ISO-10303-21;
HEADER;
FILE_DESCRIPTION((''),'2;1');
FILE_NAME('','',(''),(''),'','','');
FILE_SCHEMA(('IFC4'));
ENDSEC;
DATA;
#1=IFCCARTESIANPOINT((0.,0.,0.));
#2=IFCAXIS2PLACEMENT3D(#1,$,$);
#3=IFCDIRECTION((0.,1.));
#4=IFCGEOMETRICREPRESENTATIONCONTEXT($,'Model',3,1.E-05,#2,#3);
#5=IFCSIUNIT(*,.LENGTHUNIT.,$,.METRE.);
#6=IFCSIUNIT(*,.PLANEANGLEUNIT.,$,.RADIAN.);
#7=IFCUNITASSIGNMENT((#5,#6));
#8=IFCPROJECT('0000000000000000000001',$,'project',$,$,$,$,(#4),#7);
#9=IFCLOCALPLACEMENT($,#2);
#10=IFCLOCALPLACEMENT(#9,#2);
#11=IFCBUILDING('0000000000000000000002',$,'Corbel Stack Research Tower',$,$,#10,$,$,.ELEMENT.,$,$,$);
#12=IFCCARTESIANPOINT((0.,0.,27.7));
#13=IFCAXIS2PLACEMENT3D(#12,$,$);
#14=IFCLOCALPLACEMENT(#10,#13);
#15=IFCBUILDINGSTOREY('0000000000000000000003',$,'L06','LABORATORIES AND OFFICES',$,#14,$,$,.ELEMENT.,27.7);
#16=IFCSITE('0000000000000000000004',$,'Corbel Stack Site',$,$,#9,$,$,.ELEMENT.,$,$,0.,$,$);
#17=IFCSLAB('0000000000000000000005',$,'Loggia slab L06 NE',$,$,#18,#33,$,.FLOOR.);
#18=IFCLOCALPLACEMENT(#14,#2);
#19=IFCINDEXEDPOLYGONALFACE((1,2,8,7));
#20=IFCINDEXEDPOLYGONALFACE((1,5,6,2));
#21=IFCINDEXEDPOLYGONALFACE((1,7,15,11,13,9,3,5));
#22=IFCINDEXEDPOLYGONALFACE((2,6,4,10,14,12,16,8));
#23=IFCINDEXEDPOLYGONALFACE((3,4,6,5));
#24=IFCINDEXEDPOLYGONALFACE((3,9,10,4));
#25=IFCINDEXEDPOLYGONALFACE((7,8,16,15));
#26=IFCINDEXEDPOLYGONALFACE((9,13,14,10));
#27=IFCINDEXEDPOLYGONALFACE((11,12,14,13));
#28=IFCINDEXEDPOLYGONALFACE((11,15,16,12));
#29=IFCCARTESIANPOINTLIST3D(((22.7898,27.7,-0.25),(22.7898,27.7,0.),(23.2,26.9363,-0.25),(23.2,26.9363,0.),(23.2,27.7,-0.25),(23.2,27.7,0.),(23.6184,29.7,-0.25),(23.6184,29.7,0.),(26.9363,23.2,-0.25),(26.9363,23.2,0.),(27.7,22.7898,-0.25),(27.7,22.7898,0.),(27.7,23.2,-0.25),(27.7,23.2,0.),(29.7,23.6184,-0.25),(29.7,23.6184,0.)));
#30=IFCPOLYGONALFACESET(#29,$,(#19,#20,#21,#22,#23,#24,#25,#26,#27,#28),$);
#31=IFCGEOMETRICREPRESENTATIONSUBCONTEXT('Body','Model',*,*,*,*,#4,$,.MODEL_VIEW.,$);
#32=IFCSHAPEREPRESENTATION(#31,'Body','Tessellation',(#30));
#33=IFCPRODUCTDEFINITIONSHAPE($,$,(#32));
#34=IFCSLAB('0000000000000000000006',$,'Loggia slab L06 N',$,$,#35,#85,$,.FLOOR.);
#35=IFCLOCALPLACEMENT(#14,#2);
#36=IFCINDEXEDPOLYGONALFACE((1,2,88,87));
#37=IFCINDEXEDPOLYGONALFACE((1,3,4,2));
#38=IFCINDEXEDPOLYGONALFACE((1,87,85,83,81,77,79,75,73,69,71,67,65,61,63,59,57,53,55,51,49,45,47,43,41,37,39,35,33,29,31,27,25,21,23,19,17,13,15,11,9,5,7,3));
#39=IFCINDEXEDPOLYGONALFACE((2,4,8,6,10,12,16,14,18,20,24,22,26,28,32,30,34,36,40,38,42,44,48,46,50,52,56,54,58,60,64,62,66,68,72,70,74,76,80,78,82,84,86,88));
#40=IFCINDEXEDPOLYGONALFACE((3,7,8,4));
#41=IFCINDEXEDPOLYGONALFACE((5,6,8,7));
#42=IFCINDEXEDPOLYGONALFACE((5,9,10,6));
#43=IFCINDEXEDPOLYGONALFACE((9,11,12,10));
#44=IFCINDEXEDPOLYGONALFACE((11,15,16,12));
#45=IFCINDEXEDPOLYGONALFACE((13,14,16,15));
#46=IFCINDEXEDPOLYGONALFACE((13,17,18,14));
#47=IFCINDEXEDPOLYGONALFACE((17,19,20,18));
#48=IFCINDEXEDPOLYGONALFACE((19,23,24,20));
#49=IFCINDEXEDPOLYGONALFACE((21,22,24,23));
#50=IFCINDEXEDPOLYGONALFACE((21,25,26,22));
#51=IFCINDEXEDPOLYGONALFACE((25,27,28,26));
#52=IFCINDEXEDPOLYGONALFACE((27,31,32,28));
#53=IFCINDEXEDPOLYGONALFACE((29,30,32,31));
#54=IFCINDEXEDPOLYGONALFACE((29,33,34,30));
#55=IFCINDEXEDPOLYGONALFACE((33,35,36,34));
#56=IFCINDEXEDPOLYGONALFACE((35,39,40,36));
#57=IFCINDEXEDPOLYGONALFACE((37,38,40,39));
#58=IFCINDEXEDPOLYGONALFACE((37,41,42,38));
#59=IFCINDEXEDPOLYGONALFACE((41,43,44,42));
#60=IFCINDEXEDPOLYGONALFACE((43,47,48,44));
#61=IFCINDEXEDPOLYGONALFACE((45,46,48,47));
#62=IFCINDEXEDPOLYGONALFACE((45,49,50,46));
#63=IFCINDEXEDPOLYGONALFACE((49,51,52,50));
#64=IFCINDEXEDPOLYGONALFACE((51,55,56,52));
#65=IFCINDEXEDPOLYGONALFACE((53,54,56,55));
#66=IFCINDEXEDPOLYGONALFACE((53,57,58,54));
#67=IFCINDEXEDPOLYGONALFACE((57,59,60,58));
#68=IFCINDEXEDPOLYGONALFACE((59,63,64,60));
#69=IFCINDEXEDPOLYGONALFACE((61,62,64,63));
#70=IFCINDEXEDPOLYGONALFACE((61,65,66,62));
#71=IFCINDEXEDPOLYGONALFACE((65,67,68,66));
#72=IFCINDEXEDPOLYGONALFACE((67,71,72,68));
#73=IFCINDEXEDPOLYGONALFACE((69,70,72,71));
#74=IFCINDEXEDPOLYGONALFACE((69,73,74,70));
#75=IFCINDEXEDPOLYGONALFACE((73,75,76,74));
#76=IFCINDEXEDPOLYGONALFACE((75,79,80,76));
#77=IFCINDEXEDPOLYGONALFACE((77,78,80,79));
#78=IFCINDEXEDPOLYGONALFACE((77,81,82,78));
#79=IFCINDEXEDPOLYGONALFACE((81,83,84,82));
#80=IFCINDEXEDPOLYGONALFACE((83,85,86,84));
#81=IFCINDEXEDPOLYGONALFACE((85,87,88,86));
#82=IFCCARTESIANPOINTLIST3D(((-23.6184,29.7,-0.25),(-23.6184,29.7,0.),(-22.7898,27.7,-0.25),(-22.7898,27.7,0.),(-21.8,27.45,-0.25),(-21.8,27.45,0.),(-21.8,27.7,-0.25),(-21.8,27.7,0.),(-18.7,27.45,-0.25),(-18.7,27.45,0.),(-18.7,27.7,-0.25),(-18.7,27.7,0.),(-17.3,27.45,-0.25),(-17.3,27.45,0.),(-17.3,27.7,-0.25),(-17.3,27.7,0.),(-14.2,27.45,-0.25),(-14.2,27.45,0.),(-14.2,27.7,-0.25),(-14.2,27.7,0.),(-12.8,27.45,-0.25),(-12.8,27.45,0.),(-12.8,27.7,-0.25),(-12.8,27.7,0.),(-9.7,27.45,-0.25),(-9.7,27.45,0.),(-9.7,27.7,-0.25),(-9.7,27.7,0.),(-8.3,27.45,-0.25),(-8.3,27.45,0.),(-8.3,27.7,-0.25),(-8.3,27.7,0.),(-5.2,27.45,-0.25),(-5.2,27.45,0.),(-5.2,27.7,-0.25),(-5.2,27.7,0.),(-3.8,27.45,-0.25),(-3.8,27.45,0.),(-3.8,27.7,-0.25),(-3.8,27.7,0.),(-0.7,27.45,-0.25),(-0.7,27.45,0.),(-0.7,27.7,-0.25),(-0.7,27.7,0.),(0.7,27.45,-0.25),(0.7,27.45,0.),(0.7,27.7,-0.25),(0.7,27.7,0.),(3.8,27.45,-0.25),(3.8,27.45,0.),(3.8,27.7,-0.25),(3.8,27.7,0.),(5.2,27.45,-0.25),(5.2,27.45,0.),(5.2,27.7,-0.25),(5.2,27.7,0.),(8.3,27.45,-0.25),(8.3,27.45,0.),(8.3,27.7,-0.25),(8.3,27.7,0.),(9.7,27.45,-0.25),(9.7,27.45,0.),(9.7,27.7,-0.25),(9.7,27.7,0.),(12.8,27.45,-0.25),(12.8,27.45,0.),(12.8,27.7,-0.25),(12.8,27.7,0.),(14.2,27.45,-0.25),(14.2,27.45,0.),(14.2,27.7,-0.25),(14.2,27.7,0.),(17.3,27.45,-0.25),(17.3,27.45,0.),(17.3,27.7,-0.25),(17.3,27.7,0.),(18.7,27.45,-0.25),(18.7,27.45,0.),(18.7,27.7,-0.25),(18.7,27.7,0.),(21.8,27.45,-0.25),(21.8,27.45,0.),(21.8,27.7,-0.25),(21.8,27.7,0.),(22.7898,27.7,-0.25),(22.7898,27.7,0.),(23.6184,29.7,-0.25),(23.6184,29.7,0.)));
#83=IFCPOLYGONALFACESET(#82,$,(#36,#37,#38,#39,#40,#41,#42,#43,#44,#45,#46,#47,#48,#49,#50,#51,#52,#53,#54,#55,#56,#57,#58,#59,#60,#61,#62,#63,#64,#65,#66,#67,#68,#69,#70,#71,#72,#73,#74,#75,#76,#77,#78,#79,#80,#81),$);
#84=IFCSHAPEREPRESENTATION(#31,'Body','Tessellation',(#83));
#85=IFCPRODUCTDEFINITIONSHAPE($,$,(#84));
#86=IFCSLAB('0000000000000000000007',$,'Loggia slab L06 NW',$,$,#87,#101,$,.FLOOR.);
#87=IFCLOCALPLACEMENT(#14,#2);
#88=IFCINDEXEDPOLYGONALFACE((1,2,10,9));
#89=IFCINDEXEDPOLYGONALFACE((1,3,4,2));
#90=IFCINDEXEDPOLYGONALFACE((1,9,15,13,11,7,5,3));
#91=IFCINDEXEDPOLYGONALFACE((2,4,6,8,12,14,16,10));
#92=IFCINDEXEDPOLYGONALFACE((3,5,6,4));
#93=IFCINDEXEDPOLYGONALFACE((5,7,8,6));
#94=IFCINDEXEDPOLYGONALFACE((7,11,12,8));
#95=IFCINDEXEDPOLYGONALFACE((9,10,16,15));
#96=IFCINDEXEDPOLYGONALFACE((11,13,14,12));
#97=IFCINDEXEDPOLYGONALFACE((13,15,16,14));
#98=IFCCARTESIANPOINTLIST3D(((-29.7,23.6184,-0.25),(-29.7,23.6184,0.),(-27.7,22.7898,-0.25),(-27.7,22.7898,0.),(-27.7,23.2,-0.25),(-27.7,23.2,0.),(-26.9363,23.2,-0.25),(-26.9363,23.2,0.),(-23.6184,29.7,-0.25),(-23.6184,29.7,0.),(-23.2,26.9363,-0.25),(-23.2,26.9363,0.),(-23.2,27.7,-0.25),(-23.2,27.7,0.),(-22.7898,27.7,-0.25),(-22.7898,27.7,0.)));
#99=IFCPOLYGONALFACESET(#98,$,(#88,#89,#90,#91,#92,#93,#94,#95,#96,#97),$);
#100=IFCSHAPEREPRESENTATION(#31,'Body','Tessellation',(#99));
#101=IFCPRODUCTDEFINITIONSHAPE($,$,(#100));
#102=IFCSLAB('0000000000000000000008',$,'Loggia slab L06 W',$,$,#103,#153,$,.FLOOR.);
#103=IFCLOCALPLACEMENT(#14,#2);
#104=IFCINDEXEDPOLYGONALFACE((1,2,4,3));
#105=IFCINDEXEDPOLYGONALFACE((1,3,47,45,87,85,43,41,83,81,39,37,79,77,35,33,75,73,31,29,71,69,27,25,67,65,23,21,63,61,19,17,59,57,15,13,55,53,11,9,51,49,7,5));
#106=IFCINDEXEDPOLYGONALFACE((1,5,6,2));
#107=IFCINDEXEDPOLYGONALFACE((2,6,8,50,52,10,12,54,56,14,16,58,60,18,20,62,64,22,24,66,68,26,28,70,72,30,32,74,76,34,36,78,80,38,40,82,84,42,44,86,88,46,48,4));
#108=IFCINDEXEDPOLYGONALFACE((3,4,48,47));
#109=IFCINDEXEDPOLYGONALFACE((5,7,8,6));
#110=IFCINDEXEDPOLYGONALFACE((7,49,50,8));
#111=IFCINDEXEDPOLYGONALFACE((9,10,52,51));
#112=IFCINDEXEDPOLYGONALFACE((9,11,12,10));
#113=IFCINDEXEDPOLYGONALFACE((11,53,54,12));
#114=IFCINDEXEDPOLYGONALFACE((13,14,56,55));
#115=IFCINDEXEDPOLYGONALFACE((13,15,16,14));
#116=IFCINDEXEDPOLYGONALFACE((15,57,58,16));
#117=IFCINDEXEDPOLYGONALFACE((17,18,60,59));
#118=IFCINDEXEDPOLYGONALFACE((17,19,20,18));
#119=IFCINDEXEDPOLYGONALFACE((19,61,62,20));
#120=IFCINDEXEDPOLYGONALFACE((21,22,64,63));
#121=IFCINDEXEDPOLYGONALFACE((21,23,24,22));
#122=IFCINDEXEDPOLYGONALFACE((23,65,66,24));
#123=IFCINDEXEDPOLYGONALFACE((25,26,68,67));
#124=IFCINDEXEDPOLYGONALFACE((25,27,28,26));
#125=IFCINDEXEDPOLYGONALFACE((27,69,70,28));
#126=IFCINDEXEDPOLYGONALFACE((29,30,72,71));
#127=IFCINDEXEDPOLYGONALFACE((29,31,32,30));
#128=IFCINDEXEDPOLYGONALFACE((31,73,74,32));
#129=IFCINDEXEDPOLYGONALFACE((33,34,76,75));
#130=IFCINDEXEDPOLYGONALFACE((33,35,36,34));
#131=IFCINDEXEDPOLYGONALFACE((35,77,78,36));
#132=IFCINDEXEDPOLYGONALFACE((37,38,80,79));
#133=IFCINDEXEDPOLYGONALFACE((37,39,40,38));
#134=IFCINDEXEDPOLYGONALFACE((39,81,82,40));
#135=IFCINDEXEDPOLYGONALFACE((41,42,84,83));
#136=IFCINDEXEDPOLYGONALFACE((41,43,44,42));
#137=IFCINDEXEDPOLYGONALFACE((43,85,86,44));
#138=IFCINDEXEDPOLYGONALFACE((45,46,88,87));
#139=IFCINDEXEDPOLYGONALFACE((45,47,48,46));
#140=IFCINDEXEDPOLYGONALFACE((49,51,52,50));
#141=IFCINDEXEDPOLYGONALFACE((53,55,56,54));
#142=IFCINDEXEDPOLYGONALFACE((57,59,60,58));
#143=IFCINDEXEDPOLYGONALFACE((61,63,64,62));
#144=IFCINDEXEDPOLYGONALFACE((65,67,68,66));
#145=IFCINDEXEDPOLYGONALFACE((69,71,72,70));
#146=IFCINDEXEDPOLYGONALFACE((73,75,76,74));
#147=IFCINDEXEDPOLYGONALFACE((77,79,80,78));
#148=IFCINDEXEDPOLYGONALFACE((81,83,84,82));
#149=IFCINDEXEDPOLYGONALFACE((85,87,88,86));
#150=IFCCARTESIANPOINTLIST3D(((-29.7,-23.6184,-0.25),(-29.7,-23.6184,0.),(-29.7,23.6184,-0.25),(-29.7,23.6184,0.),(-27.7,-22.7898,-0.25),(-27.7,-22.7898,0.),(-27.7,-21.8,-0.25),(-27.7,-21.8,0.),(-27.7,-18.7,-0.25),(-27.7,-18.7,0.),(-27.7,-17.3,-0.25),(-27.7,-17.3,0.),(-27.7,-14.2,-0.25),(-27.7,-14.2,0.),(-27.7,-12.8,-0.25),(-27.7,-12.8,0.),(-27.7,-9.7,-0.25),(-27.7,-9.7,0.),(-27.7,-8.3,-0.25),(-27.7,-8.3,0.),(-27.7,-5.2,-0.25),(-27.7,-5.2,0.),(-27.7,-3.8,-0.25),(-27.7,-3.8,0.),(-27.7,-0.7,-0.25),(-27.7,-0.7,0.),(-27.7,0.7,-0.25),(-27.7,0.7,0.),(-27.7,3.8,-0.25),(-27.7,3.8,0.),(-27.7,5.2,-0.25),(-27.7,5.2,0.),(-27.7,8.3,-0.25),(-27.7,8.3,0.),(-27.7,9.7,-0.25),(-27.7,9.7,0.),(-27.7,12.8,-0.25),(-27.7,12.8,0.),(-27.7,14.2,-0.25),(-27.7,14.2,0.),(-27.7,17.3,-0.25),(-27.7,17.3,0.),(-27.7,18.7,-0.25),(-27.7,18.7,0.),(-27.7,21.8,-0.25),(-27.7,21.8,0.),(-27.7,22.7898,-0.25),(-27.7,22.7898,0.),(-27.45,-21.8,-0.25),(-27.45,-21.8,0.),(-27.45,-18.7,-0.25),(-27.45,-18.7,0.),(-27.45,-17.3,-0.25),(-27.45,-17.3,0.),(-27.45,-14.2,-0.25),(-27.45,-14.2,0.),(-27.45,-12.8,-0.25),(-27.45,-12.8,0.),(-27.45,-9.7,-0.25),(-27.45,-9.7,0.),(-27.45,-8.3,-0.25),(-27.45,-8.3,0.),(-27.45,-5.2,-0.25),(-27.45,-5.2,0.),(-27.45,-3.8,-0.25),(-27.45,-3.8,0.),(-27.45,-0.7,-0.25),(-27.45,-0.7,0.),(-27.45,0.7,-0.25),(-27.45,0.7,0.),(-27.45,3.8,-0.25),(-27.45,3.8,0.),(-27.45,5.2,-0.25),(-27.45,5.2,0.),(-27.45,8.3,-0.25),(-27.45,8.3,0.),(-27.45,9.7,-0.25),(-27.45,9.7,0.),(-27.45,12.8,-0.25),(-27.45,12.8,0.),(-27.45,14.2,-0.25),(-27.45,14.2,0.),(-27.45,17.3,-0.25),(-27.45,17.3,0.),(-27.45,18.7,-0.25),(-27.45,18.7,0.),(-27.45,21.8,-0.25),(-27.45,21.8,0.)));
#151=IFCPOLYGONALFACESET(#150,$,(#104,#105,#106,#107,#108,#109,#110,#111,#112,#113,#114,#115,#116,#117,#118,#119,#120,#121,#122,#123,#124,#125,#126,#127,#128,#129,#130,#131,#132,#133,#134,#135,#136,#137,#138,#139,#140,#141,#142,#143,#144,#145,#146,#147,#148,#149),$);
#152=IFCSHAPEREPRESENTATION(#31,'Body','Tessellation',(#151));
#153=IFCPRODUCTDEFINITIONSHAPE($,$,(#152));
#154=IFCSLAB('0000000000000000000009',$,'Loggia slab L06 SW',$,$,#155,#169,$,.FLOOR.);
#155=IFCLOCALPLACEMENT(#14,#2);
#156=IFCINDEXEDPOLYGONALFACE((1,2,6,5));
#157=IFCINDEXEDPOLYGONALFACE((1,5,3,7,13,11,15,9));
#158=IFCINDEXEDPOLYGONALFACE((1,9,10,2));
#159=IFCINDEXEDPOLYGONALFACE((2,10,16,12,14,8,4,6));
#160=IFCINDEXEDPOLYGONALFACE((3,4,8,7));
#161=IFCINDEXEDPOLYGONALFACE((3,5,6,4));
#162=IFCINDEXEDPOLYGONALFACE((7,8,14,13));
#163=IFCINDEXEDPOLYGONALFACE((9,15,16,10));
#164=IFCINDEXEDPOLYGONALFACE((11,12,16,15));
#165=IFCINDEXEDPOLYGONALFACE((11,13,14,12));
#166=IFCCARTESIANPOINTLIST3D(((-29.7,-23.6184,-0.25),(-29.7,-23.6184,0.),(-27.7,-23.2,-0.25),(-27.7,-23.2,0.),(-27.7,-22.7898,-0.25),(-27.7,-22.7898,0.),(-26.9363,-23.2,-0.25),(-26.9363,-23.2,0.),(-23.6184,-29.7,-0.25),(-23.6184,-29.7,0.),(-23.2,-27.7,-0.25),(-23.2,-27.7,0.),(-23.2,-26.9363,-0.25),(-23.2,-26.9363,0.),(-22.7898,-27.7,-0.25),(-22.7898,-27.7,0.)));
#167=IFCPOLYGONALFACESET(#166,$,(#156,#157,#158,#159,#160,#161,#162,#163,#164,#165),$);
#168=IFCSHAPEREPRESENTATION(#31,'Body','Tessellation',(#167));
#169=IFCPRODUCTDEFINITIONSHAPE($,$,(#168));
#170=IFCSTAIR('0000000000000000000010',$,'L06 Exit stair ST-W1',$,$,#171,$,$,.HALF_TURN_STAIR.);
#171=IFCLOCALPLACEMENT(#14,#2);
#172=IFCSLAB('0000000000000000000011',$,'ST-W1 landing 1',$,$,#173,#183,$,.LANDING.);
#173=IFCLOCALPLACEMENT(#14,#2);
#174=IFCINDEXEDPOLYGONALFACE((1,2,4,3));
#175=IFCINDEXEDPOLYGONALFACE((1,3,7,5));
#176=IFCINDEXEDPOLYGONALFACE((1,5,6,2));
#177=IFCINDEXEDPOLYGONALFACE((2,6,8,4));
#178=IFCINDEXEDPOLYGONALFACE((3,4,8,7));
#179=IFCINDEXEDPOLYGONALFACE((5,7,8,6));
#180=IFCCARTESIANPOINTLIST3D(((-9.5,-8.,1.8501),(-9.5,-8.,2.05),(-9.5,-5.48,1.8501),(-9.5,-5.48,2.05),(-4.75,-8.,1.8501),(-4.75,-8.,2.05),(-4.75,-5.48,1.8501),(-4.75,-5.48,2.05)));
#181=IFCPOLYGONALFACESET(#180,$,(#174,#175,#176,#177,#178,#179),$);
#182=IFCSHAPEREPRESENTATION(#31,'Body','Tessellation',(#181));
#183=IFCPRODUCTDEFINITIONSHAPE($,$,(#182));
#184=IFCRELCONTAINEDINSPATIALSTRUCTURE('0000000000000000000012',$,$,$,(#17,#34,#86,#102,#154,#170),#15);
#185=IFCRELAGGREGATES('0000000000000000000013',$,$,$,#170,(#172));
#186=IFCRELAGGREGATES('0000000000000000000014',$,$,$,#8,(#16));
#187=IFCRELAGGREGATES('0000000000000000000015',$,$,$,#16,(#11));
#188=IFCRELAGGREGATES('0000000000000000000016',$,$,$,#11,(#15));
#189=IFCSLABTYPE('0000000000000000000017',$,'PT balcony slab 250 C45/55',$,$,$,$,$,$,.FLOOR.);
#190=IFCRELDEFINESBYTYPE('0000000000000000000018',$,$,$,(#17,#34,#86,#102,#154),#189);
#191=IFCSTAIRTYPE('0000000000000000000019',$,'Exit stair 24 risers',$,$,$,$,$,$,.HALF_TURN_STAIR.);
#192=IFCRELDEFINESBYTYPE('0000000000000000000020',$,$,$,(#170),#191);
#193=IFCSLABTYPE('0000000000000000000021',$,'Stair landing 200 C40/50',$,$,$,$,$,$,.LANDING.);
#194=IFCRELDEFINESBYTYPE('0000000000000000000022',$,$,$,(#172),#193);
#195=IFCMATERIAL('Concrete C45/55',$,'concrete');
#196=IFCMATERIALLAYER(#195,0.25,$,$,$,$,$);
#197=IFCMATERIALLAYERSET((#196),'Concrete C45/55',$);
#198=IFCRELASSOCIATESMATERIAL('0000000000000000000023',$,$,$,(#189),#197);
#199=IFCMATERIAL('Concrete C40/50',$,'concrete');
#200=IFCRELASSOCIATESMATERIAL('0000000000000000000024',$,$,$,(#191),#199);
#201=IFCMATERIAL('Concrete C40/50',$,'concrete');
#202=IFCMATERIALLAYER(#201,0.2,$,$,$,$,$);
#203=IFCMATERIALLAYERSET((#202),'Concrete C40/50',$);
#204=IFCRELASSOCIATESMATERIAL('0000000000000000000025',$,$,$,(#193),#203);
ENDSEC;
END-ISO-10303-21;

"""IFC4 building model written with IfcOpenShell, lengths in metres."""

from ifc_helpers import new_model, si_unit, direction, frame, origin, place, context, subcontext, project, spatial, polyline, outline, extrude, material, layer, layer_set, type_object, element, aggregate, save


model = new_model("IFC4")

# Units and contexts
model_context = context("Model", 3, precision=1e-05, world=origin(), true_north=direction((0.0, 1.0)))
body_context = subcontext(model_context, "Body", "Model", "MODEL_VIEW")
ifc_project = project(units=[si_unit("LENGTHUNIT", "METRE"), si_unit("PLANEANGLEUNIT", "RADIAN")], contexts=[model_context])

# Site, building, storey
site_placement = place(None, origin())
site = spatial("IfcSite", under=ifc_project, at=site_placement, Name="Corbel Stack Site", CompositionType="ELEMENT", RefElevation=0.0)
building_placement = place(site_placement, origin())
building = spatial("IfcBuilding", under=site, at=building_placement, Name="Corbel Stack Research Tower", CompositionType="ELEMENT")
storey_placement = place(building_placement, frame((0.0, 0.0, 27.7)))
storey = spatial("IfcBuildingStorey", under=building, at=storey_placement, Name="L06", Description="LABORATORIES AND OFFICES", CompositionType="ELEMENT", Elevation=27.7)

# Slabs
ifc_material_1 = material(Name="Concrete C45/55", Category="concrete")
ifc_layer_1 = layer(ifc_material_1, 0.25)
ifc_layer_set_1 = layer_set([ifc_layer_1], Name="Concrete C45/55")
slab_type_1 = type_object("IfcSlabType", Name="PT balcony slab 250 C45/55", PredefinedType="FLOOR", material=ifc_layer_set_1)
slab_1_placement = place(storey_placement, frame((0.0, 0.0, -0.25)))
element("IfcSlab", 1, at=slab_1_placement, inside=storey, type_object=slab_type_1, Name="Loggia slab L06 NE", PredefinedType="FLOOR", context=body_context, shape_type="SweptSolid", body=[
    extrude(outline(polyline([(22.7898, 27.7), (23.2, 27.7), (23.2, 26.9363), (26.9363, 23.2), (27.7, 23.2), (27.7, 22.7898), (29.7, 23.6184), (23.6184, 29.7), (22.7898, 27.7)])), origin(), (0.0, 0.0, 1.0), 0.25),
])
slab_2_placement = place(storey_placement, frame((0.0, 0.0, -0.25)))
element("IfcSlab", 2, at=slab_2_placement, inside=storey, type_object=slab_type_1, Name="Loggia slab L06 N", PredefinedType="FLOOR", context=body_context, shape_type="SweptSolid", body=[
    extrude(outline(polyline([(-22.7898, 27.7), (-21.8, 27.7), (-21.8, 27.45), (-18.7, 27.45), (-18.7, 27.7), (-17.3, 27.7), (-17.3, 27.45), (-14.2, 27.45), (-14.2, 27.7), (-12.8, 27.7), (-12.8, 27.45), (-9.7, 27.45), (-9.7, 27.7), (-8.3, 27.7), (-8.3, 27.45), (-5.2, 27.45), (-5.2, 27.7), (-3.8, 27.7), (-3.8, 27.45), (-0.7, 27.45), (-0.7, 27.7), (0.7, 27.7), (0.7, 27.45), (3.8, 27.45), (3.8, 27.7), (5.2, 27.7), (5.2, 27.45), (8.3, 27.45), (8.3, 27.7), (9.7, 27.7), (9.7, 27.45), (12.8, 27.45), (12.8, 27.7), (14.2, 27.7), (14.2, 27.45), (17.3, 27.45), (17.3, 27.7), (18.7, 27.7), (18.7, 27.45), (21.8, 27.45), (21.8, 27.7), (22.7898, 27.7), (23.6184, 29.7), (-23.6184, 29.7), (-22.7898, 27.7)])), origin(), (0.0, 0.0, 1.0), 0.25),
])
slab_3_placement = place(storey_placement, frame((0.0, 0.0, -0.25)))
element("IfcSlab", 3, at=slab_3_placement, inside=storey, type_object=slab_type_1, Name="Loggia slab L06 NW", PredefinedType="FLOOR", context=body_context, shape_type="SweptSolid", body=[
    extrude(outline(polyline([(-27.7, 22.7898), (-27.7, 23.2), (-26.9363, 23.2), (-23.2, 26.9363), (-23.2, 27.7), (-22.7898, 27.7), (-23.6184, 29.7), (-29.7, 23.6184), (-27.7, 22.7898)])), origin(), (0.0, 0.0, 1.0), 0.25),
])
slab_4_placement = place(storey_placement, frame((0.0, 0.0, -0.25)))
element("IfcSlab", 4, at=slab_4_placement, inside=storey, type_object=slab_type_1, Name="Loggia slab L06 W", PredefinedType="FLOOR", context=body_context, shape_type="SweptSolid", body=[
    extrude(outline(polyline([(-27.7, -22.7898), (-27.7, -21.8), (-27.45, -21.8), (-27.45, -18.7), (-27.7, -18.7), (-27.7, -17.3), (-27.45, -17.3), (-27.45, -14.2), (-27.7, -14.2), (-27.7, -12.8), (-27.45, -12.8), (-27.45, -9.7), (-27.7, -9.7), (-27.7, -8.3), (-27.45, -8.3), (-27.45, -5.2), (-27.7, -5.2), (-27.7, -3.8), (-27.45, -3.8), (-27.45, -0.7), (-27.7, -0.7), (-27.7, 0.7), (-27.45, 0.7), (-27.45, 3.8), (-27.7, 3.8), (-27.7, 5.2), (-27.45, 5.2), (-27.45, 8.3), (-27.7, 8.3), (-27.7, 9.7), (-27.45, 9.7), (-27.45, 12.8), (-27.7, 12.8), (-27.7, 14.2), (-27.45, 14.2), (-27.45, 17.3), (-27.7, 17.3), (-27.7, 18.7), (-27.45, 18.7), (-27.45, 21.8), (-27.7, 21.8), (-27.7, 22.7898), (-29.7, 23.6184), (-29.7, -23.6184), (-27.7, -22.7898)])), origin(), (0.0, 0.0, 1.0), 0.25),
])
slab_5_placement = place(storey_placement, frame((0.0, 0.0, -0.25)))
element("IfcSlab", 5, at=slab_5_placement, inside=storey, type_object=slab_type_1, Name="Loggia slab L06 SW", PredefinedType="FLOOR", context=body_context, shape_type="SweptSolid", body=[
    extrude(outline(polyline([(-22.7898, -27.7), (-23.2, -27.7), (-23.2, -26.9363), (-26.9363, -23.2), (-27.7, -23.2), (-27.7, -22.7898), (-29.7, -23.6184), (-23.6184, -29.7), (-22.7898, -27.7)])), origin(), (0.0, 0.0, 1.0), 0.25),
])

# Stair, slab
ifc_material_2 = material(Name="Concrete C40/50", Category="concrete")
stair_type = type_object("IfcStairType", Name="Exit stair 24 risers", PredefinedType="HALF_TURN_STAIR", material=ifc_material_2)
stair_1_placement = place(storey_placement, origin())
stair_1 = element("IfcStair", 6, at=stair_1_placement, inside=storey, type_object=stair_type, Name="L06 Exit stair ST-W1", PredefinedType="HALF_TURN_STAIR")
ifc_material_3 = material(Name="Concrete C40/50", Category="concrete")
ifc_layer_2 = layer(ifc_material_3, 0.2)
ifc_layer_set_2 = layer_set([ifc_layer_2], Name="Concrete C40/50")
slab_type_2 = type_object("IfcSlabType", Name="Stair landing 200 C40/50", PredefinedType="LANDING", material=ifc_layer_set_2)
slab_6_placement = place(storey_placement, frame((0.0, 0.0, 1.8501)))
slab_6 = element("IfcSlab", 7, at=slab_6_placement, type_object=slab_type_2, Name="ST-W1 landing 1", PredefinedType="LANDING", context=body_context, shape_type="SweptSolid", body=[
    extrude(outline(polyline([(-9.5, -8.0), (-9.5, -5.48), (-4.75, -5.48), (-4.75, -8.0), (-9.5, -8.0)])), origin(), (0.0, 0.0, 1.0), 0.2),
])
aggregate(stair_1, [slab_6])

save(model, "model.ifc")
